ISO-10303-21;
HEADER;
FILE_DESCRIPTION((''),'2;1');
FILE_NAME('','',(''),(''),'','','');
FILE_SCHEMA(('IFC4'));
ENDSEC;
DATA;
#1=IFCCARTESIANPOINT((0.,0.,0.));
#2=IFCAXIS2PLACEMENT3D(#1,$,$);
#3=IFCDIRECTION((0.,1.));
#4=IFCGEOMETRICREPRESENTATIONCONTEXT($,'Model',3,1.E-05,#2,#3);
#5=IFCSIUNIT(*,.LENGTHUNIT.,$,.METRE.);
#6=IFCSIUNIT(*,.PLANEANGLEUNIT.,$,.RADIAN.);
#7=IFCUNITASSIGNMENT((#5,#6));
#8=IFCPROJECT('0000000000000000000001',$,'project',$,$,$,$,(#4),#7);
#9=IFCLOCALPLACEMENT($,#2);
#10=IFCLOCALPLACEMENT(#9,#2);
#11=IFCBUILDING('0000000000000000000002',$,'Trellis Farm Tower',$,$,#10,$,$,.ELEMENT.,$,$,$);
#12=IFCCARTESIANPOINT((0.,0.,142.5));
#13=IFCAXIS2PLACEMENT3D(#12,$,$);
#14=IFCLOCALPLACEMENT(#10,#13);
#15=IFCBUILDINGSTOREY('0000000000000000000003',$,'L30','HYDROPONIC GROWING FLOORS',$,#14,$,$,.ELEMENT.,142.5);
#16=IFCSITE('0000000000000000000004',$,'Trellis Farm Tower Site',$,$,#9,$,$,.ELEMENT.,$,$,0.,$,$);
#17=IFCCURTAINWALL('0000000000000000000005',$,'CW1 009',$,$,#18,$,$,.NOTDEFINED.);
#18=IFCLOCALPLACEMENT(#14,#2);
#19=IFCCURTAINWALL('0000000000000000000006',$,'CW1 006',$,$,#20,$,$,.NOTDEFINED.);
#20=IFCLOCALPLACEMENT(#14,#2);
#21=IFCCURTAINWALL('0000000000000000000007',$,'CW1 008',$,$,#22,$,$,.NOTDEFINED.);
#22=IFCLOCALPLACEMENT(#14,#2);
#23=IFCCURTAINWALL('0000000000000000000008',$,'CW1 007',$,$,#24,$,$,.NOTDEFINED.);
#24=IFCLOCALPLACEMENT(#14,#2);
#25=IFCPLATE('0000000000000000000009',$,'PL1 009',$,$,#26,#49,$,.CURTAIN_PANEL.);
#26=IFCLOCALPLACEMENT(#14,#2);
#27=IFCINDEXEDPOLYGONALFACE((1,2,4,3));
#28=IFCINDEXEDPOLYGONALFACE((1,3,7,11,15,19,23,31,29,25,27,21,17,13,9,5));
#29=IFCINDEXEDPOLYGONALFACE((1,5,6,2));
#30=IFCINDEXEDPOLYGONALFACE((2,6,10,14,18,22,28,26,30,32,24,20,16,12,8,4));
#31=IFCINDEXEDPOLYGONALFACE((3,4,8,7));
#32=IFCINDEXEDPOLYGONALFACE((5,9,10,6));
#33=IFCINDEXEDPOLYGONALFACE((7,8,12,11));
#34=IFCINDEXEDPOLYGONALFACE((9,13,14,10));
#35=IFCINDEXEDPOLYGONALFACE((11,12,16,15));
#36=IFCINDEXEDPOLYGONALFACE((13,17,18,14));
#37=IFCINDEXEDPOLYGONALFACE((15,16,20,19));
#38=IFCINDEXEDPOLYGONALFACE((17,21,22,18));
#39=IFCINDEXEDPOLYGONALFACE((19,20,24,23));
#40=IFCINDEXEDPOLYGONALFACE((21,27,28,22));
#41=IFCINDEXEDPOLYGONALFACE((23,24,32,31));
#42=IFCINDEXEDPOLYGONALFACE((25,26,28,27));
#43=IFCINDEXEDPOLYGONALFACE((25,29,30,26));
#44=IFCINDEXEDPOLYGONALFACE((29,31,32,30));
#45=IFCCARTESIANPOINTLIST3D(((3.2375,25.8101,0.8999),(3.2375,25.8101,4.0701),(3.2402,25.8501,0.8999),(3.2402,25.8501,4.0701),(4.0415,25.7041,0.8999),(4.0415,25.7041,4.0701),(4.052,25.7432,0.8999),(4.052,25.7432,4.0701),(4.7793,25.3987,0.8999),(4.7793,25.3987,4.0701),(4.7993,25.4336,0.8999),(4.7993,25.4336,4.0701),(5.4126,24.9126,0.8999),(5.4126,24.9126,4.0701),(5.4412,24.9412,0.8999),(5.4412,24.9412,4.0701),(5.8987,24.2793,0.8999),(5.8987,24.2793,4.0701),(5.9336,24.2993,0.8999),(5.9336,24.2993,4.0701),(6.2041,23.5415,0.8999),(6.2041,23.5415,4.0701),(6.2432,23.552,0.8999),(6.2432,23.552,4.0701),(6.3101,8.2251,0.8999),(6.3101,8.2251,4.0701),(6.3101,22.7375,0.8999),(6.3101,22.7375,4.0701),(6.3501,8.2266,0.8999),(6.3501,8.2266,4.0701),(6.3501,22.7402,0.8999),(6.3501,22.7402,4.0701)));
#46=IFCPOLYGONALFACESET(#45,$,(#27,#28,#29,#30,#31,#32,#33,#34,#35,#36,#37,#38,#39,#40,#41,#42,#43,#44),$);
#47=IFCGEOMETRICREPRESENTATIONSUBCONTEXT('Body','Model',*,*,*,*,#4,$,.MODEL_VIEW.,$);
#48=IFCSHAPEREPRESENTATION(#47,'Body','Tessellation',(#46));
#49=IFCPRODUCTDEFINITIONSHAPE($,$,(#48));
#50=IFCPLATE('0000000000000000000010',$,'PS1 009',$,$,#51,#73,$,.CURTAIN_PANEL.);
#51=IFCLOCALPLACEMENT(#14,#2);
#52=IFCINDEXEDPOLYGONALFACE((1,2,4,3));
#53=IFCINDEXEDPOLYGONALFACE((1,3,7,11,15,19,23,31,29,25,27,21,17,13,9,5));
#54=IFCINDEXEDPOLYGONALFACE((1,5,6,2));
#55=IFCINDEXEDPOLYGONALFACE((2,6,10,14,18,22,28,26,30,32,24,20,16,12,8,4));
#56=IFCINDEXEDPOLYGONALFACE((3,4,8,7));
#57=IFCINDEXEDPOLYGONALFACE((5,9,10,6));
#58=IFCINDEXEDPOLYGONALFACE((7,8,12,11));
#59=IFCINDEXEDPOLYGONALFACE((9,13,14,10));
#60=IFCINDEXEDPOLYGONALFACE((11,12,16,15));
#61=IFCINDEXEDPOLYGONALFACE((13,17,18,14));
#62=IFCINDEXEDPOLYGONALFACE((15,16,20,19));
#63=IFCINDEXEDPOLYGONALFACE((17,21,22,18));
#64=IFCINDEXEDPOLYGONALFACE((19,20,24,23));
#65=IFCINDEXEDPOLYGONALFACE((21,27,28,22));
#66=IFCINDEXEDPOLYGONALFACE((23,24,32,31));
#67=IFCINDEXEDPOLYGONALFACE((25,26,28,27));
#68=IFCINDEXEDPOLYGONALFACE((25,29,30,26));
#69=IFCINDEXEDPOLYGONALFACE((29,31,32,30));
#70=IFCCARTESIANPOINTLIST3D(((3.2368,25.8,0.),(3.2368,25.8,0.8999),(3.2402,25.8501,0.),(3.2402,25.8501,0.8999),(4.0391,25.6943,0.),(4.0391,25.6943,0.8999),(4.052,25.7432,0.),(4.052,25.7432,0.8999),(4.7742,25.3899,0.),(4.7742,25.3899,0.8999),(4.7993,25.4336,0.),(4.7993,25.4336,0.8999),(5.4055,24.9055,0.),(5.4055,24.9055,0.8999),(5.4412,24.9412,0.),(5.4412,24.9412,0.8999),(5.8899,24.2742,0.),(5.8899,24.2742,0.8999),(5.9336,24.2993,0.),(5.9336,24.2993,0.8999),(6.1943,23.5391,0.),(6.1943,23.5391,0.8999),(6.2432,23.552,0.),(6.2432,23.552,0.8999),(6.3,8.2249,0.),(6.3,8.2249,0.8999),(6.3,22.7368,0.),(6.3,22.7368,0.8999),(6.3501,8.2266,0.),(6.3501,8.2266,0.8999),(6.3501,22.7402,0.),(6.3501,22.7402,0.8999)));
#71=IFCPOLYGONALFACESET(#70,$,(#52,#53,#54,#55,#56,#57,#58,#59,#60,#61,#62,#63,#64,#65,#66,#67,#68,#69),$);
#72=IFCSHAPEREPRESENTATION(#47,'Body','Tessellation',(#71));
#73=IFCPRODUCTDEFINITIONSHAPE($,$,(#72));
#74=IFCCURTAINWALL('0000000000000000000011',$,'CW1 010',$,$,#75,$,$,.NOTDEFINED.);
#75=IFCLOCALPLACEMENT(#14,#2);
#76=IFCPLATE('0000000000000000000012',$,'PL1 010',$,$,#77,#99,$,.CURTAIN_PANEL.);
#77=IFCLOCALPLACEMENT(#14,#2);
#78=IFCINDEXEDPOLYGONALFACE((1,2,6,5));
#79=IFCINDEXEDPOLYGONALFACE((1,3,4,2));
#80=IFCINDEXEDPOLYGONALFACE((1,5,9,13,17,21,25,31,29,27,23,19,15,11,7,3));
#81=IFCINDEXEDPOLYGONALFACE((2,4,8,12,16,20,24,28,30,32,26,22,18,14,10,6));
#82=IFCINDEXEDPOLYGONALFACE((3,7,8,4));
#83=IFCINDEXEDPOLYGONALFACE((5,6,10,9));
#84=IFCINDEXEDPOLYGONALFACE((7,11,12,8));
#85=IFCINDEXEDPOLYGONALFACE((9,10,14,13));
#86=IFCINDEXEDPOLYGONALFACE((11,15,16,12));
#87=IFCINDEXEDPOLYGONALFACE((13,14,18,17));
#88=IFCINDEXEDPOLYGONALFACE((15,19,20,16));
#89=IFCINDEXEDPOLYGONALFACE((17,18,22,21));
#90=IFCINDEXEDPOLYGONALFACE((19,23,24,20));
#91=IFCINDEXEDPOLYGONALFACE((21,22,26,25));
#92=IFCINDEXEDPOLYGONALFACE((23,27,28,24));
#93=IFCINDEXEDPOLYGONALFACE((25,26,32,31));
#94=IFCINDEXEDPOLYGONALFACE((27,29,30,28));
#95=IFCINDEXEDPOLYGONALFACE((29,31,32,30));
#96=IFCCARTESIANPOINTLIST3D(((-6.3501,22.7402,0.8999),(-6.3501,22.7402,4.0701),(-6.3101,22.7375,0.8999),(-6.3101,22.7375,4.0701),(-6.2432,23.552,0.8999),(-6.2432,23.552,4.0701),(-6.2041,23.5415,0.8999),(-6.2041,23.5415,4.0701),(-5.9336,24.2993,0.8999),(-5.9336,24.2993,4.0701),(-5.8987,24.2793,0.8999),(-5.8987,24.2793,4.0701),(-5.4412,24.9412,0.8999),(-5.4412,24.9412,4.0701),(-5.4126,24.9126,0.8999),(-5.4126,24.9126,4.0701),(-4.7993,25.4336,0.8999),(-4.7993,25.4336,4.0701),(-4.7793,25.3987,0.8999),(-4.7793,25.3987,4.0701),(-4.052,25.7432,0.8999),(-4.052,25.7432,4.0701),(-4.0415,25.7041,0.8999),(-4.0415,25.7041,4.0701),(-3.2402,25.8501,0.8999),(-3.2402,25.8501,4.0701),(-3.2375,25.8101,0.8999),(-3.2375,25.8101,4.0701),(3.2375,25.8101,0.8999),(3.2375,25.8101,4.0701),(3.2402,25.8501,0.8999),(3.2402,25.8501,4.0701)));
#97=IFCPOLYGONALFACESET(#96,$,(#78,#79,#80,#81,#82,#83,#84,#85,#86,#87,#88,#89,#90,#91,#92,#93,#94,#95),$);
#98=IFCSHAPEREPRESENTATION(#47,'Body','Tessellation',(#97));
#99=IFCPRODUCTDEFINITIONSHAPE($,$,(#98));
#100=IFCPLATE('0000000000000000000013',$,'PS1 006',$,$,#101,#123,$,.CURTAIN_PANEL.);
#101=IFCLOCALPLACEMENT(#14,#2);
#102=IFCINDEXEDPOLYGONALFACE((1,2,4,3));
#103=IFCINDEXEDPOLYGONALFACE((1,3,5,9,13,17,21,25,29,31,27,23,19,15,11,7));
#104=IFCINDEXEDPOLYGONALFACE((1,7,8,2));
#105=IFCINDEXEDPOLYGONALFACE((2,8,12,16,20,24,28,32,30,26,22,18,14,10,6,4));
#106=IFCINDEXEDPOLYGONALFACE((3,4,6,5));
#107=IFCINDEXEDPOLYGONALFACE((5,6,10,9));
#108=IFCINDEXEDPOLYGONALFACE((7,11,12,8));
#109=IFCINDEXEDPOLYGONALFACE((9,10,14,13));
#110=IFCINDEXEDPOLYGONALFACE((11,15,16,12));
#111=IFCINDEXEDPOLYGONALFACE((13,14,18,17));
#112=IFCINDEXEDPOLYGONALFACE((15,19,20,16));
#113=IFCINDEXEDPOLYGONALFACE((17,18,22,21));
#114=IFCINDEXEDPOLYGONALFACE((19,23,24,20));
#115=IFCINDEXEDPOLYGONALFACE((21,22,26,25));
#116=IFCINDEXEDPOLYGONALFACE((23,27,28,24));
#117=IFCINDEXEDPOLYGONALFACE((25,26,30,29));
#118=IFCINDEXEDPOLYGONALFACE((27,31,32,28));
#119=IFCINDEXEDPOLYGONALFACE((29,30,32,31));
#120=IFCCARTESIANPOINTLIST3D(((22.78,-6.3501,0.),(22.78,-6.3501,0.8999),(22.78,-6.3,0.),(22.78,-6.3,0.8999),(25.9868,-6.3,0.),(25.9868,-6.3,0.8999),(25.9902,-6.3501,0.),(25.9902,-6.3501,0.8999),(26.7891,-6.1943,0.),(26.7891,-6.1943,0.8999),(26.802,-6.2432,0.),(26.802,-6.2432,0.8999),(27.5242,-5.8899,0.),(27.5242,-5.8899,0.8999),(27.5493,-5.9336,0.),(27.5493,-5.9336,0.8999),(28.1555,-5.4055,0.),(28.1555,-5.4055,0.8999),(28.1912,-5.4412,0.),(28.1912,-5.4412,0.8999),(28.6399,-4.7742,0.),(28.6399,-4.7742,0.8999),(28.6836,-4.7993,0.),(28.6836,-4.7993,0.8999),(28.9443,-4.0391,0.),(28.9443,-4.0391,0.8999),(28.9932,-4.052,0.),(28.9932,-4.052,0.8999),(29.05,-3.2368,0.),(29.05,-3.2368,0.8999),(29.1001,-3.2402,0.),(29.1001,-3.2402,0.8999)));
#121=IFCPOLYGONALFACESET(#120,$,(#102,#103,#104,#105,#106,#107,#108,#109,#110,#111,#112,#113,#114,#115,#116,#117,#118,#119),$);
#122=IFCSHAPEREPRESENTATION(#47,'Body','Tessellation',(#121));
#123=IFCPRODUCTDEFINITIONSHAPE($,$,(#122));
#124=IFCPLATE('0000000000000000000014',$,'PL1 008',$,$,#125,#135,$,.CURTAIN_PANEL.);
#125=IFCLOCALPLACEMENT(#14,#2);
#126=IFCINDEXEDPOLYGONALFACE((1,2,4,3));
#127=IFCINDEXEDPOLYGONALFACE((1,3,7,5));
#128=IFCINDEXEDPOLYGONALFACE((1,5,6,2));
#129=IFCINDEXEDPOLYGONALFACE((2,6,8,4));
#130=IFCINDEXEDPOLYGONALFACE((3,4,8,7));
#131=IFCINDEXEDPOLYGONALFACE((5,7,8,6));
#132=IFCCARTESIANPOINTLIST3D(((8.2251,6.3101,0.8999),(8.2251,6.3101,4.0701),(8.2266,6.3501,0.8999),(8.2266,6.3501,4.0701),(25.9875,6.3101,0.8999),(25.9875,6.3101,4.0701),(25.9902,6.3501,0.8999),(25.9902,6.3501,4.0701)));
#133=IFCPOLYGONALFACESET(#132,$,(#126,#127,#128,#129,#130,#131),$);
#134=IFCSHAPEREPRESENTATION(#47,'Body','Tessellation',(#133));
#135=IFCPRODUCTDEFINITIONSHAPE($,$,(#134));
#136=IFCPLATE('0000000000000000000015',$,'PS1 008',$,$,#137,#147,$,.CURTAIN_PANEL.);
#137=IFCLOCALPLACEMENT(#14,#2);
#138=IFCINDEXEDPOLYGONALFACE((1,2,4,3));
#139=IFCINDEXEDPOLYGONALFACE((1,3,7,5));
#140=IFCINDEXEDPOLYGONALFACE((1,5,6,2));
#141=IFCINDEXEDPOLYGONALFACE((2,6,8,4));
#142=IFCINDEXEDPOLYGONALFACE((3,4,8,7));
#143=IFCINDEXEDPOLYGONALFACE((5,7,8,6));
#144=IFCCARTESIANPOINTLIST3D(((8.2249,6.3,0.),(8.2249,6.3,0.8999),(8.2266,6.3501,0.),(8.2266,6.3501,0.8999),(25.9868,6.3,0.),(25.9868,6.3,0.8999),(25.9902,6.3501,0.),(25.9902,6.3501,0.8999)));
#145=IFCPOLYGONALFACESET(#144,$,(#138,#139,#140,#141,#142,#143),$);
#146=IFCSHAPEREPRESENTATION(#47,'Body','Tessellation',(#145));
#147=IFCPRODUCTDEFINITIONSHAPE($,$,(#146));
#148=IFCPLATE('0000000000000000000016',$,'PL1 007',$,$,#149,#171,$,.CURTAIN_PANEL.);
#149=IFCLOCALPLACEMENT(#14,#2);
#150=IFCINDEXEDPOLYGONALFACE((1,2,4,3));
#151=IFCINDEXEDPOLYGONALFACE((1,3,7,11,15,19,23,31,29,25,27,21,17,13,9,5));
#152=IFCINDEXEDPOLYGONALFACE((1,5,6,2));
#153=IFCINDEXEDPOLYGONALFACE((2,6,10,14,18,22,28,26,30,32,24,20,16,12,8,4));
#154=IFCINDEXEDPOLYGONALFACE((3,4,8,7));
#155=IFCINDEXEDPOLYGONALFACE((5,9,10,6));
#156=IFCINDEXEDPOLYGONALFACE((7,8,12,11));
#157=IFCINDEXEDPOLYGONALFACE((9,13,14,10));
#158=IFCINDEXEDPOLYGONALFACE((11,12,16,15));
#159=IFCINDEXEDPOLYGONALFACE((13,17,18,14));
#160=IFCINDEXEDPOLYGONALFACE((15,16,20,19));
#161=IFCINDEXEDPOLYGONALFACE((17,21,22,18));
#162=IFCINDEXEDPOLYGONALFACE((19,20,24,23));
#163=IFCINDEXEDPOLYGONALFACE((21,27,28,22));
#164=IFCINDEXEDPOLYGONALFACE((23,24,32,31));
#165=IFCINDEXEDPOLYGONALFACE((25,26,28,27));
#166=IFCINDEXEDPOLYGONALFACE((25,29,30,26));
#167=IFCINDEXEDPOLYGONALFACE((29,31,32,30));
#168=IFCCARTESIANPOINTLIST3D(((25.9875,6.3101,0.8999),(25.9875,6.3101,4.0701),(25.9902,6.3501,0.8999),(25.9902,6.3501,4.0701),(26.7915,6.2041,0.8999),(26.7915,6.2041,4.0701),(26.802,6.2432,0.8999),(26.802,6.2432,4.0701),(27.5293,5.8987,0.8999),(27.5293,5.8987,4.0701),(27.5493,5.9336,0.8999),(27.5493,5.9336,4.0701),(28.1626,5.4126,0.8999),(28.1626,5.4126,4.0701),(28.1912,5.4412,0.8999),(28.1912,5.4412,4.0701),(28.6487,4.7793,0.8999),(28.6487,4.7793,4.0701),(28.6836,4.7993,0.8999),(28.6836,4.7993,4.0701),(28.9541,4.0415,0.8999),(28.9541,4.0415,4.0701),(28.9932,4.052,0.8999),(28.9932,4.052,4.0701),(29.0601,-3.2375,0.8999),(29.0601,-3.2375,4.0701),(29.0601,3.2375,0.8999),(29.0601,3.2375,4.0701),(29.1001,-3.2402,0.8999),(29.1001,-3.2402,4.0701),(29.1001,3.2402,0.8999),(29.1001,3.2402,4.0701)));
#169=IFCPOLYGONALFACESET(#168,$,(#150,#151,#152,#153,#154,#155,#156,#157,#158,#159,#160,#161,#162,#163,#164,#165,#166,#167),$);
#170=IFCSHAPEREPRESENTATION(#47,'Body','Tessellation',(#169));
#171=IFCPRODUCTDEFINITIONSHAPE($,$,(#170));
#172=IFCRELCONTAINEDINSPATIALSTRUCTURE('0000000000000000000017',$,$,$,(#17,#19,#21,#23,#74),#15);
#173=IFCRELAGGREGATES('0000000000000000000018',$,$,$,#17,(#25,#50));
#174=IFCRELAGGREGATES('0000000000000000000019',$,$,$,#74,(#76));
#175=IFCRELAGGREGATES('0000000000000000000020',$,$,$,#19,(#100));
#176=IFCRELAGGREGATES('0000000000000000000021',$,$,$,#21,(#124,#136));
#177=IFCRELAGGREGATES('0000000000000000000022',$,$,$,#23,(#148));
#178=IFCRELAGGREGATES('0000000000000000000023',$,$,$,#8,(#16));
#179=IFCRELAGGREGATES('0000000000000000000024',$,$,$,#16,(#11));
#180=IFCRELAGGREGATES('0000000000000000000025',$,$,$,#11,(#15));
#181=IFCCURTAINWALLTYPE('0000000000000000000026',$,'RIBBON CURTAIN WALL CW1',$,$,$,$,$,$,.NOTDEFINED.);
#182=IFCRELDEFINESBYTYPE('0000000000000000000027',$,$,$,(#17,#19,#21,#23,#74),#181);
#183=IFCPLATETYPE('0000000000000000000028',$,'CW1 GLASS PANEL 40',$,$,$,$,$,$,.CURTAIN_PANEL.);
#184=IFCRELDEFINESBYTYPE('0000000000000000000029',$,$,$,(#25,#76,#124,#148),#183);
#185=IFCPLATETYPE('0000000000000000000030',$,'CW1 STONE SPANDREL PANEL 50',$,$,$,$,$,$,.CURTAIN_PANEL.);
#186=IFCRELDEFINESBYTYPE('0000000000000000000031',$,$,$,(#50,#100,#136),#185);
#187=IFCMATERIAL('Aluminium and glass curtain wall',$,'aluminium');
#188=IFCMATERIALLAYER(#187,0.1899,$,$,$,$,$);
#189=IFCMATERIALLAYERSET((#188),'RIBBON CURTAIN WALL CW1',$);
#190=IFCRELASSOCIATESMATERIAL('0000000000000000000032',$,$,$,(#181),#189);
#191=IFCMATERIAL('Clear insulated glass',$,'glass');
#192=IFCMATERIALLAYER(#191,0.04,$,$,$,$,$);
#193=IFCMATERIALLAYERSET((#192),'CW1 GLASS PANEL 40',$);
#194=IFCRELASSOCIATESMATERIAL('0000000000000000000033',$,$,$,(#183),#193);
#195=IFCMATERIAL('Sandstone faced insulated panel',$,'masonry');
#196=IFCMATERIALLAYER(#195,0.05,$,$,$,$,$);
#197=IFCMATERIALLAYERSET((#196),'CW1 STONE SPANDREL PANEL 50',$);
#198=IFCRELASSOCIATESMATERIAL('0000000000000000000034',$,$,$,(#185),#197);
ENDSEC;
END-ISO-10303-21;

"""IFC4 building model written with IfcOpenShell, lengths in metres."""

from ifc_helpers import new_model, si_unit, direction, frame, origin, place, context, subcontext, project, spatial, polyline, outline, extrude, source, transform, mapped, material, layer, layer_set, type_object, element, aggregate, save


model = new_model("IFC4")

# Units and contexts
model_context = context("Model", 3, precision=1e-05, world=origin(), true_north=direction((0.0, 1.0)))
body_context = subcontext(model_context, "Body", "Model", "MODEL_VIEW")
ifc_project = project(units=[si_unit("LENGTHUNIT", "METRE"), si_unit("PLANEANGLEUNIT", "RADIAN")], contexts=[model_context])

# Site, building, storey
site_placement = place(None, origin())
site = spatial("IfcSite", under=ifc_project, at=site_placement, Name="Trellis Farm Tower Site", CompositionType="ELEMENT", RefElevation=0.0)
building_placement = place(site_placement, origin())
building = spatial("IfcBuilding", under=site, at=building_placement, Name="Trellis Farm Tower", CompositionType="ELEMENT")
storey_placement = place(building_placement, frame((0.0, 0.0, 142.5)))
storey = spatial("IfcBuildingStorey", under=building, at=storey_placement, Name="L30", Description="HYDROPONIC GROWING FLOORS", CompositionType="ELEMENT", Elevation=142.5)

# Curtain walls
ifc_material_1 = material(Name="Aluminium and glass curtain wall", Category="aluminium")
placement_1 = place(storey_placement, origin())
ifc_layer_1 = layer(ifc_material_1, 0.1899)
ifc_layer_set_1 = layer_set([ifc_layer_1], Name="RIBBON CURTAIN WALL CW1")
curtain_wall_type_1 = type_object("IfcCurtainWallType", Name="RIBBON CURTAIN WALL CW1", PredefinedType="NOTDEFINED", material=ifc_layer_set_1)
curtain_wall_1 = element("IfcCurtainWall", 1, at=placement_1, inside=storey, type_object=curtain_wall_type_1, Name="CW1 009", PredefinedType="NOTDEFINED")
curtain_wall_2 = element("IfcCurtainWall", 2, at=placement_1, inside=storey, type_object=curtain_wall_type_1, Name="CW1 006", PredefinedType="NOTDEFINED")
curtain_wall_3 = element("IfcCurtainWall", 3, at=placement_1, inside=storey, type_object=curtain_wall_type_1, Name="CW1 008", PredefinedType="NOTDEFINED")
curtain_wall_4 = element("IfcCurtainWall", 4, at=placement_1, inside=storey, type_object=curtain_wall_type_1, Name="CW1 007", PredefinedType="NOTDEFINED")

# Plates
ifc_material_2 = material(Name="Clear insulated glass", Category="glass")
ifc_layer_2 = layer(ifc_material_2, 0.04)
ifc_layer_set_2 = layer_set([ifc_layer_2], Name="CW1 GLASS PANEL 40")
plate_type_1 = type_object("IfcPlateType", Name="CW1 GLASS PANEL 40", PredefinedType="CURTAIN_PANEL", material=ifc_layer_set_2)
shared_shape_1 = source(origin(), body_context, "Body", "SweptSolid", [
    extrude(outline(polyline([(6.3501, 8.2266), (6.3501, 22.7402), (6.2432, 23.552), (5.9336, 24.2993), (5.4412, 24.9412), (4.7993, 25.4336), (4.052, 25.7432), (3.2402, 25.8501), (3.2375, 25.8101), (4.0415, 25.7041), (4.7793, 25.3987), (5.4126, 24.9126), (5.8987, 24.2793), (6.2041, 23.5415), (6.3101, 22.7375), (6.3101, 8.2251), (6.3501, 8.2266)])), origin(), (0.0, 0.0, 1.0), 3.1702),
])
placement_2 = place(storey_placement, frame((0.0, 0.0, 0.8999)))
plate_1 = element("IfcPlate", 5, at=placement_2, type_object=plate_type_1, Name="PL1 009", PredefinedType="CURTAIN_PANEL", context=body_context, shape_type="MappedRepresentation", body=[
    mapped(shared_shape_1, transform((0.0, 0.0, 0.0))),
])
ifc_material_3 = material(Name="Sandstone faced insulated panel", Category="masonry")
ifc_layer_3 = layer(ifc_material_3, 0.05)
ifc_layer_set_3 = layer_set([ifc_layer_3], Name="CW1 STONE SPANDREL PANEL 50")
plate_type_2 = type_object("IfcPlateType", Name="CW1 STONE SPANDREL PANEL 50", PredefinedType="CURTAIN_PANEL", material=ifc_layer_set_3)
shared_shape_2 = source(origin(), body_context, "Body", "SweptSolid", [
    extrude(outline(polyline([(6.3501, 8.2266), (6.3501, 22.7402), (6.2432, 23.552), (5.9336, 24.2993), (5.4412, 24.9412), (4.7993, 25.4336), (4.052, 25.7432), (3.2402, 25.8501), (3.2368, 25.8), (4.0391, 25.6943), (4.7742, 25.3899), (5.4055, 24.9055), (5.8899, 24.2742), (6.1943, 23.5391), (6.3, 22.7368), (6.3, 8.2249), (6.3501, 8.2266)])), origin(), (0.0, 0.0, 1.0), 0.8999),
])
plate_2 = element("IfcPlate", 6, at=placement_1, type_object=plate_type_2, Name="PS1 009", PredefinedType="CURTAIN_PANEL", context=body_context, shape_type="MappedRepresentation", body=[
    mapped(shared_shape_2, transform((0.0, 0.0, 0.0))),
])
aggregate(curtain_wall_1, [plate_1, plate_2])

# Curtain wall, plate
curtain_wall_5 = element("IfcCurtainWall", 7, at=placement_1, inside=storey, type_object=curtain_wall_type_1, Name="CW1 010", PredefinedType="NOTDEFINED")
shared_shape_3 = source(origin(), body_context, "Body", "SweptSolid", [
    extrude(outline(polyline([(3.2402, 25.8501), (-3.2402, 25.8501), (-4.052, 25.7432), (-4.7993, 25.4336), (-5.4412, 24.9412), (-5.9336, 24.2993), (-6.2432, 23.552), (-6.3501, 22.7402), (-6.3101, 22.7375), (-6.2041, 23.5415), (-5.8987, 24.2793), (-5.4126, 24.9126), (-4.7793, 25.3987), (-4.0415, 25.7041), (-3.2375, 25.8101), (3.2375, 25.8101), (3.2402, 25.8501)])), origin(), (0.0, 0.0, 1.0), 3.1702),
])
plate_3 = element("IfcPlate", 8, at=placement_2, type_object=plate_type_1, Name="PL1 010", PredefinedType="CURTAIN_PANEL", context=body_context, shape_type="MappedRepresentation", body=[
    mapped(shared_shape_3, transform((0.0, 0.0, 0.0))),
])
aggregate(curtain_wall_5, [plate_3])

# Plates
shared_shape_4 = source(origin(), body_context, "Body", "SweptSolid", [
    extrude(outline(polyline([(22.78, -6.3501), (25.9902, -6.3501), (26.802, -6.2432), (27.5493, -5.9336), (28.1912, -5.4412), (28.6836, -4.7993), (28.9932, -4.052), (29.1001, -3.2402), (29.05, -3.2368), (28.9443, -4.0391), (28.6399, -4.7742), (28.1555, -5.4055), (27.5242, -5.8899), (26.7891, -6.1943), (25.9868, -6.3), (22.78, -6.3), (22.78, -6.3501)])), origin(), (0.0, 0.0, 1.0), 0.8999),
])
plate_4 = element("IfcPlate", 9, at=placement_1, type_object=plate_type_2, Name="PS1 006", PredefinedType="CURTAIN_PANEL", context=body_context, shape_type="MappedRepresentation", body=[
    mapped(shared_shape_4, transform((0.0, 0.0, 0.0))),
])
aggregate(curtain_wall_2, [plate_4])
shared_shape_5 = source(origin(), body_context, "Body", "SweptSolid", [
    extrude(outline(polyline([(25.9902, 6.3501), (8.2266, 6.3501), (8.2251, 6.3101), (25.9875, 6.3101), (25.9902, 6.3501)])), origin(), (0.0, 0.0, 1.0), 3.1702),
])
plate_5 = element("IfcPlate", 10, at=placement_2, type_object=plate_type_1, Name="PL1 008", PredefinedType="CURTAIN_PANEL", context=body_context, shape_type="MappedRepresentation", body=[
    mapped(shared_shape_5, transform((0.0, 0.0, 0.0))),
])
shared_shape_6 = source(origin(), body_context, "Body", "SweptSolid", [
    extrude(outline(polyline([(25.9902, 6.3501), (8.2266, 6.3501), (8.2249, 6.3), (25.9868, 6.3), (25.9902, 6.3501)])), origin(), (0.0, 0.0, 1.0), 0.8999),
])
plate_6 = element("IfcPlate", 11, at=placement_1, type_object=plate_type_2, Name="PS1 008", PredefinedType="CURTAIN_PANEL", context=body_context, shape_type="MappedRepresentation", body=[
    mapped(shared_shape_6, transform((0.0, 0.0, 0.0))),
])
aggregate(curtain_wall_3, [plate_5, plate_6])
shared_shape_7 = source(origin(), body_context, "Body", "SweptSolid", [
    extrude(outline(polyline([(29.1001, -3.2402), (29.1001, 3.2402), (28.9932, 4.052), (28.6836, 4.7993), (28.1912, 5.4412), (27.5493, 5.9336), (26.802, 6.2432), (25.9902, 6.3501), (25.9875, 6.3101), (26.7915, 6.2041), (27.5293, 5.8987), (28.1626, 5.4126), (28.6487, 4.7793), (28.9541, 4.0415), (29.0601, 3.2375), (29.0601, -3.2375), (29.1001, -3.2402)])), origin(), (0.0, 0.0, 1.0), 3.1702),
])
plate_7 = element("IfcPlate", 12, at=placement_2, type_object=plate_type_1, Name="PL1 007", PredefinedType="CURTAIN_PANEL", context=body_context, shape_type="MappedRepresentation", body=[
    mapped(shared_shape_7, transform((0.0, 0.0, 0.0))),
])
aggregate(curtain_wall_4, [plate_7])

save(model, "model.ifc")
